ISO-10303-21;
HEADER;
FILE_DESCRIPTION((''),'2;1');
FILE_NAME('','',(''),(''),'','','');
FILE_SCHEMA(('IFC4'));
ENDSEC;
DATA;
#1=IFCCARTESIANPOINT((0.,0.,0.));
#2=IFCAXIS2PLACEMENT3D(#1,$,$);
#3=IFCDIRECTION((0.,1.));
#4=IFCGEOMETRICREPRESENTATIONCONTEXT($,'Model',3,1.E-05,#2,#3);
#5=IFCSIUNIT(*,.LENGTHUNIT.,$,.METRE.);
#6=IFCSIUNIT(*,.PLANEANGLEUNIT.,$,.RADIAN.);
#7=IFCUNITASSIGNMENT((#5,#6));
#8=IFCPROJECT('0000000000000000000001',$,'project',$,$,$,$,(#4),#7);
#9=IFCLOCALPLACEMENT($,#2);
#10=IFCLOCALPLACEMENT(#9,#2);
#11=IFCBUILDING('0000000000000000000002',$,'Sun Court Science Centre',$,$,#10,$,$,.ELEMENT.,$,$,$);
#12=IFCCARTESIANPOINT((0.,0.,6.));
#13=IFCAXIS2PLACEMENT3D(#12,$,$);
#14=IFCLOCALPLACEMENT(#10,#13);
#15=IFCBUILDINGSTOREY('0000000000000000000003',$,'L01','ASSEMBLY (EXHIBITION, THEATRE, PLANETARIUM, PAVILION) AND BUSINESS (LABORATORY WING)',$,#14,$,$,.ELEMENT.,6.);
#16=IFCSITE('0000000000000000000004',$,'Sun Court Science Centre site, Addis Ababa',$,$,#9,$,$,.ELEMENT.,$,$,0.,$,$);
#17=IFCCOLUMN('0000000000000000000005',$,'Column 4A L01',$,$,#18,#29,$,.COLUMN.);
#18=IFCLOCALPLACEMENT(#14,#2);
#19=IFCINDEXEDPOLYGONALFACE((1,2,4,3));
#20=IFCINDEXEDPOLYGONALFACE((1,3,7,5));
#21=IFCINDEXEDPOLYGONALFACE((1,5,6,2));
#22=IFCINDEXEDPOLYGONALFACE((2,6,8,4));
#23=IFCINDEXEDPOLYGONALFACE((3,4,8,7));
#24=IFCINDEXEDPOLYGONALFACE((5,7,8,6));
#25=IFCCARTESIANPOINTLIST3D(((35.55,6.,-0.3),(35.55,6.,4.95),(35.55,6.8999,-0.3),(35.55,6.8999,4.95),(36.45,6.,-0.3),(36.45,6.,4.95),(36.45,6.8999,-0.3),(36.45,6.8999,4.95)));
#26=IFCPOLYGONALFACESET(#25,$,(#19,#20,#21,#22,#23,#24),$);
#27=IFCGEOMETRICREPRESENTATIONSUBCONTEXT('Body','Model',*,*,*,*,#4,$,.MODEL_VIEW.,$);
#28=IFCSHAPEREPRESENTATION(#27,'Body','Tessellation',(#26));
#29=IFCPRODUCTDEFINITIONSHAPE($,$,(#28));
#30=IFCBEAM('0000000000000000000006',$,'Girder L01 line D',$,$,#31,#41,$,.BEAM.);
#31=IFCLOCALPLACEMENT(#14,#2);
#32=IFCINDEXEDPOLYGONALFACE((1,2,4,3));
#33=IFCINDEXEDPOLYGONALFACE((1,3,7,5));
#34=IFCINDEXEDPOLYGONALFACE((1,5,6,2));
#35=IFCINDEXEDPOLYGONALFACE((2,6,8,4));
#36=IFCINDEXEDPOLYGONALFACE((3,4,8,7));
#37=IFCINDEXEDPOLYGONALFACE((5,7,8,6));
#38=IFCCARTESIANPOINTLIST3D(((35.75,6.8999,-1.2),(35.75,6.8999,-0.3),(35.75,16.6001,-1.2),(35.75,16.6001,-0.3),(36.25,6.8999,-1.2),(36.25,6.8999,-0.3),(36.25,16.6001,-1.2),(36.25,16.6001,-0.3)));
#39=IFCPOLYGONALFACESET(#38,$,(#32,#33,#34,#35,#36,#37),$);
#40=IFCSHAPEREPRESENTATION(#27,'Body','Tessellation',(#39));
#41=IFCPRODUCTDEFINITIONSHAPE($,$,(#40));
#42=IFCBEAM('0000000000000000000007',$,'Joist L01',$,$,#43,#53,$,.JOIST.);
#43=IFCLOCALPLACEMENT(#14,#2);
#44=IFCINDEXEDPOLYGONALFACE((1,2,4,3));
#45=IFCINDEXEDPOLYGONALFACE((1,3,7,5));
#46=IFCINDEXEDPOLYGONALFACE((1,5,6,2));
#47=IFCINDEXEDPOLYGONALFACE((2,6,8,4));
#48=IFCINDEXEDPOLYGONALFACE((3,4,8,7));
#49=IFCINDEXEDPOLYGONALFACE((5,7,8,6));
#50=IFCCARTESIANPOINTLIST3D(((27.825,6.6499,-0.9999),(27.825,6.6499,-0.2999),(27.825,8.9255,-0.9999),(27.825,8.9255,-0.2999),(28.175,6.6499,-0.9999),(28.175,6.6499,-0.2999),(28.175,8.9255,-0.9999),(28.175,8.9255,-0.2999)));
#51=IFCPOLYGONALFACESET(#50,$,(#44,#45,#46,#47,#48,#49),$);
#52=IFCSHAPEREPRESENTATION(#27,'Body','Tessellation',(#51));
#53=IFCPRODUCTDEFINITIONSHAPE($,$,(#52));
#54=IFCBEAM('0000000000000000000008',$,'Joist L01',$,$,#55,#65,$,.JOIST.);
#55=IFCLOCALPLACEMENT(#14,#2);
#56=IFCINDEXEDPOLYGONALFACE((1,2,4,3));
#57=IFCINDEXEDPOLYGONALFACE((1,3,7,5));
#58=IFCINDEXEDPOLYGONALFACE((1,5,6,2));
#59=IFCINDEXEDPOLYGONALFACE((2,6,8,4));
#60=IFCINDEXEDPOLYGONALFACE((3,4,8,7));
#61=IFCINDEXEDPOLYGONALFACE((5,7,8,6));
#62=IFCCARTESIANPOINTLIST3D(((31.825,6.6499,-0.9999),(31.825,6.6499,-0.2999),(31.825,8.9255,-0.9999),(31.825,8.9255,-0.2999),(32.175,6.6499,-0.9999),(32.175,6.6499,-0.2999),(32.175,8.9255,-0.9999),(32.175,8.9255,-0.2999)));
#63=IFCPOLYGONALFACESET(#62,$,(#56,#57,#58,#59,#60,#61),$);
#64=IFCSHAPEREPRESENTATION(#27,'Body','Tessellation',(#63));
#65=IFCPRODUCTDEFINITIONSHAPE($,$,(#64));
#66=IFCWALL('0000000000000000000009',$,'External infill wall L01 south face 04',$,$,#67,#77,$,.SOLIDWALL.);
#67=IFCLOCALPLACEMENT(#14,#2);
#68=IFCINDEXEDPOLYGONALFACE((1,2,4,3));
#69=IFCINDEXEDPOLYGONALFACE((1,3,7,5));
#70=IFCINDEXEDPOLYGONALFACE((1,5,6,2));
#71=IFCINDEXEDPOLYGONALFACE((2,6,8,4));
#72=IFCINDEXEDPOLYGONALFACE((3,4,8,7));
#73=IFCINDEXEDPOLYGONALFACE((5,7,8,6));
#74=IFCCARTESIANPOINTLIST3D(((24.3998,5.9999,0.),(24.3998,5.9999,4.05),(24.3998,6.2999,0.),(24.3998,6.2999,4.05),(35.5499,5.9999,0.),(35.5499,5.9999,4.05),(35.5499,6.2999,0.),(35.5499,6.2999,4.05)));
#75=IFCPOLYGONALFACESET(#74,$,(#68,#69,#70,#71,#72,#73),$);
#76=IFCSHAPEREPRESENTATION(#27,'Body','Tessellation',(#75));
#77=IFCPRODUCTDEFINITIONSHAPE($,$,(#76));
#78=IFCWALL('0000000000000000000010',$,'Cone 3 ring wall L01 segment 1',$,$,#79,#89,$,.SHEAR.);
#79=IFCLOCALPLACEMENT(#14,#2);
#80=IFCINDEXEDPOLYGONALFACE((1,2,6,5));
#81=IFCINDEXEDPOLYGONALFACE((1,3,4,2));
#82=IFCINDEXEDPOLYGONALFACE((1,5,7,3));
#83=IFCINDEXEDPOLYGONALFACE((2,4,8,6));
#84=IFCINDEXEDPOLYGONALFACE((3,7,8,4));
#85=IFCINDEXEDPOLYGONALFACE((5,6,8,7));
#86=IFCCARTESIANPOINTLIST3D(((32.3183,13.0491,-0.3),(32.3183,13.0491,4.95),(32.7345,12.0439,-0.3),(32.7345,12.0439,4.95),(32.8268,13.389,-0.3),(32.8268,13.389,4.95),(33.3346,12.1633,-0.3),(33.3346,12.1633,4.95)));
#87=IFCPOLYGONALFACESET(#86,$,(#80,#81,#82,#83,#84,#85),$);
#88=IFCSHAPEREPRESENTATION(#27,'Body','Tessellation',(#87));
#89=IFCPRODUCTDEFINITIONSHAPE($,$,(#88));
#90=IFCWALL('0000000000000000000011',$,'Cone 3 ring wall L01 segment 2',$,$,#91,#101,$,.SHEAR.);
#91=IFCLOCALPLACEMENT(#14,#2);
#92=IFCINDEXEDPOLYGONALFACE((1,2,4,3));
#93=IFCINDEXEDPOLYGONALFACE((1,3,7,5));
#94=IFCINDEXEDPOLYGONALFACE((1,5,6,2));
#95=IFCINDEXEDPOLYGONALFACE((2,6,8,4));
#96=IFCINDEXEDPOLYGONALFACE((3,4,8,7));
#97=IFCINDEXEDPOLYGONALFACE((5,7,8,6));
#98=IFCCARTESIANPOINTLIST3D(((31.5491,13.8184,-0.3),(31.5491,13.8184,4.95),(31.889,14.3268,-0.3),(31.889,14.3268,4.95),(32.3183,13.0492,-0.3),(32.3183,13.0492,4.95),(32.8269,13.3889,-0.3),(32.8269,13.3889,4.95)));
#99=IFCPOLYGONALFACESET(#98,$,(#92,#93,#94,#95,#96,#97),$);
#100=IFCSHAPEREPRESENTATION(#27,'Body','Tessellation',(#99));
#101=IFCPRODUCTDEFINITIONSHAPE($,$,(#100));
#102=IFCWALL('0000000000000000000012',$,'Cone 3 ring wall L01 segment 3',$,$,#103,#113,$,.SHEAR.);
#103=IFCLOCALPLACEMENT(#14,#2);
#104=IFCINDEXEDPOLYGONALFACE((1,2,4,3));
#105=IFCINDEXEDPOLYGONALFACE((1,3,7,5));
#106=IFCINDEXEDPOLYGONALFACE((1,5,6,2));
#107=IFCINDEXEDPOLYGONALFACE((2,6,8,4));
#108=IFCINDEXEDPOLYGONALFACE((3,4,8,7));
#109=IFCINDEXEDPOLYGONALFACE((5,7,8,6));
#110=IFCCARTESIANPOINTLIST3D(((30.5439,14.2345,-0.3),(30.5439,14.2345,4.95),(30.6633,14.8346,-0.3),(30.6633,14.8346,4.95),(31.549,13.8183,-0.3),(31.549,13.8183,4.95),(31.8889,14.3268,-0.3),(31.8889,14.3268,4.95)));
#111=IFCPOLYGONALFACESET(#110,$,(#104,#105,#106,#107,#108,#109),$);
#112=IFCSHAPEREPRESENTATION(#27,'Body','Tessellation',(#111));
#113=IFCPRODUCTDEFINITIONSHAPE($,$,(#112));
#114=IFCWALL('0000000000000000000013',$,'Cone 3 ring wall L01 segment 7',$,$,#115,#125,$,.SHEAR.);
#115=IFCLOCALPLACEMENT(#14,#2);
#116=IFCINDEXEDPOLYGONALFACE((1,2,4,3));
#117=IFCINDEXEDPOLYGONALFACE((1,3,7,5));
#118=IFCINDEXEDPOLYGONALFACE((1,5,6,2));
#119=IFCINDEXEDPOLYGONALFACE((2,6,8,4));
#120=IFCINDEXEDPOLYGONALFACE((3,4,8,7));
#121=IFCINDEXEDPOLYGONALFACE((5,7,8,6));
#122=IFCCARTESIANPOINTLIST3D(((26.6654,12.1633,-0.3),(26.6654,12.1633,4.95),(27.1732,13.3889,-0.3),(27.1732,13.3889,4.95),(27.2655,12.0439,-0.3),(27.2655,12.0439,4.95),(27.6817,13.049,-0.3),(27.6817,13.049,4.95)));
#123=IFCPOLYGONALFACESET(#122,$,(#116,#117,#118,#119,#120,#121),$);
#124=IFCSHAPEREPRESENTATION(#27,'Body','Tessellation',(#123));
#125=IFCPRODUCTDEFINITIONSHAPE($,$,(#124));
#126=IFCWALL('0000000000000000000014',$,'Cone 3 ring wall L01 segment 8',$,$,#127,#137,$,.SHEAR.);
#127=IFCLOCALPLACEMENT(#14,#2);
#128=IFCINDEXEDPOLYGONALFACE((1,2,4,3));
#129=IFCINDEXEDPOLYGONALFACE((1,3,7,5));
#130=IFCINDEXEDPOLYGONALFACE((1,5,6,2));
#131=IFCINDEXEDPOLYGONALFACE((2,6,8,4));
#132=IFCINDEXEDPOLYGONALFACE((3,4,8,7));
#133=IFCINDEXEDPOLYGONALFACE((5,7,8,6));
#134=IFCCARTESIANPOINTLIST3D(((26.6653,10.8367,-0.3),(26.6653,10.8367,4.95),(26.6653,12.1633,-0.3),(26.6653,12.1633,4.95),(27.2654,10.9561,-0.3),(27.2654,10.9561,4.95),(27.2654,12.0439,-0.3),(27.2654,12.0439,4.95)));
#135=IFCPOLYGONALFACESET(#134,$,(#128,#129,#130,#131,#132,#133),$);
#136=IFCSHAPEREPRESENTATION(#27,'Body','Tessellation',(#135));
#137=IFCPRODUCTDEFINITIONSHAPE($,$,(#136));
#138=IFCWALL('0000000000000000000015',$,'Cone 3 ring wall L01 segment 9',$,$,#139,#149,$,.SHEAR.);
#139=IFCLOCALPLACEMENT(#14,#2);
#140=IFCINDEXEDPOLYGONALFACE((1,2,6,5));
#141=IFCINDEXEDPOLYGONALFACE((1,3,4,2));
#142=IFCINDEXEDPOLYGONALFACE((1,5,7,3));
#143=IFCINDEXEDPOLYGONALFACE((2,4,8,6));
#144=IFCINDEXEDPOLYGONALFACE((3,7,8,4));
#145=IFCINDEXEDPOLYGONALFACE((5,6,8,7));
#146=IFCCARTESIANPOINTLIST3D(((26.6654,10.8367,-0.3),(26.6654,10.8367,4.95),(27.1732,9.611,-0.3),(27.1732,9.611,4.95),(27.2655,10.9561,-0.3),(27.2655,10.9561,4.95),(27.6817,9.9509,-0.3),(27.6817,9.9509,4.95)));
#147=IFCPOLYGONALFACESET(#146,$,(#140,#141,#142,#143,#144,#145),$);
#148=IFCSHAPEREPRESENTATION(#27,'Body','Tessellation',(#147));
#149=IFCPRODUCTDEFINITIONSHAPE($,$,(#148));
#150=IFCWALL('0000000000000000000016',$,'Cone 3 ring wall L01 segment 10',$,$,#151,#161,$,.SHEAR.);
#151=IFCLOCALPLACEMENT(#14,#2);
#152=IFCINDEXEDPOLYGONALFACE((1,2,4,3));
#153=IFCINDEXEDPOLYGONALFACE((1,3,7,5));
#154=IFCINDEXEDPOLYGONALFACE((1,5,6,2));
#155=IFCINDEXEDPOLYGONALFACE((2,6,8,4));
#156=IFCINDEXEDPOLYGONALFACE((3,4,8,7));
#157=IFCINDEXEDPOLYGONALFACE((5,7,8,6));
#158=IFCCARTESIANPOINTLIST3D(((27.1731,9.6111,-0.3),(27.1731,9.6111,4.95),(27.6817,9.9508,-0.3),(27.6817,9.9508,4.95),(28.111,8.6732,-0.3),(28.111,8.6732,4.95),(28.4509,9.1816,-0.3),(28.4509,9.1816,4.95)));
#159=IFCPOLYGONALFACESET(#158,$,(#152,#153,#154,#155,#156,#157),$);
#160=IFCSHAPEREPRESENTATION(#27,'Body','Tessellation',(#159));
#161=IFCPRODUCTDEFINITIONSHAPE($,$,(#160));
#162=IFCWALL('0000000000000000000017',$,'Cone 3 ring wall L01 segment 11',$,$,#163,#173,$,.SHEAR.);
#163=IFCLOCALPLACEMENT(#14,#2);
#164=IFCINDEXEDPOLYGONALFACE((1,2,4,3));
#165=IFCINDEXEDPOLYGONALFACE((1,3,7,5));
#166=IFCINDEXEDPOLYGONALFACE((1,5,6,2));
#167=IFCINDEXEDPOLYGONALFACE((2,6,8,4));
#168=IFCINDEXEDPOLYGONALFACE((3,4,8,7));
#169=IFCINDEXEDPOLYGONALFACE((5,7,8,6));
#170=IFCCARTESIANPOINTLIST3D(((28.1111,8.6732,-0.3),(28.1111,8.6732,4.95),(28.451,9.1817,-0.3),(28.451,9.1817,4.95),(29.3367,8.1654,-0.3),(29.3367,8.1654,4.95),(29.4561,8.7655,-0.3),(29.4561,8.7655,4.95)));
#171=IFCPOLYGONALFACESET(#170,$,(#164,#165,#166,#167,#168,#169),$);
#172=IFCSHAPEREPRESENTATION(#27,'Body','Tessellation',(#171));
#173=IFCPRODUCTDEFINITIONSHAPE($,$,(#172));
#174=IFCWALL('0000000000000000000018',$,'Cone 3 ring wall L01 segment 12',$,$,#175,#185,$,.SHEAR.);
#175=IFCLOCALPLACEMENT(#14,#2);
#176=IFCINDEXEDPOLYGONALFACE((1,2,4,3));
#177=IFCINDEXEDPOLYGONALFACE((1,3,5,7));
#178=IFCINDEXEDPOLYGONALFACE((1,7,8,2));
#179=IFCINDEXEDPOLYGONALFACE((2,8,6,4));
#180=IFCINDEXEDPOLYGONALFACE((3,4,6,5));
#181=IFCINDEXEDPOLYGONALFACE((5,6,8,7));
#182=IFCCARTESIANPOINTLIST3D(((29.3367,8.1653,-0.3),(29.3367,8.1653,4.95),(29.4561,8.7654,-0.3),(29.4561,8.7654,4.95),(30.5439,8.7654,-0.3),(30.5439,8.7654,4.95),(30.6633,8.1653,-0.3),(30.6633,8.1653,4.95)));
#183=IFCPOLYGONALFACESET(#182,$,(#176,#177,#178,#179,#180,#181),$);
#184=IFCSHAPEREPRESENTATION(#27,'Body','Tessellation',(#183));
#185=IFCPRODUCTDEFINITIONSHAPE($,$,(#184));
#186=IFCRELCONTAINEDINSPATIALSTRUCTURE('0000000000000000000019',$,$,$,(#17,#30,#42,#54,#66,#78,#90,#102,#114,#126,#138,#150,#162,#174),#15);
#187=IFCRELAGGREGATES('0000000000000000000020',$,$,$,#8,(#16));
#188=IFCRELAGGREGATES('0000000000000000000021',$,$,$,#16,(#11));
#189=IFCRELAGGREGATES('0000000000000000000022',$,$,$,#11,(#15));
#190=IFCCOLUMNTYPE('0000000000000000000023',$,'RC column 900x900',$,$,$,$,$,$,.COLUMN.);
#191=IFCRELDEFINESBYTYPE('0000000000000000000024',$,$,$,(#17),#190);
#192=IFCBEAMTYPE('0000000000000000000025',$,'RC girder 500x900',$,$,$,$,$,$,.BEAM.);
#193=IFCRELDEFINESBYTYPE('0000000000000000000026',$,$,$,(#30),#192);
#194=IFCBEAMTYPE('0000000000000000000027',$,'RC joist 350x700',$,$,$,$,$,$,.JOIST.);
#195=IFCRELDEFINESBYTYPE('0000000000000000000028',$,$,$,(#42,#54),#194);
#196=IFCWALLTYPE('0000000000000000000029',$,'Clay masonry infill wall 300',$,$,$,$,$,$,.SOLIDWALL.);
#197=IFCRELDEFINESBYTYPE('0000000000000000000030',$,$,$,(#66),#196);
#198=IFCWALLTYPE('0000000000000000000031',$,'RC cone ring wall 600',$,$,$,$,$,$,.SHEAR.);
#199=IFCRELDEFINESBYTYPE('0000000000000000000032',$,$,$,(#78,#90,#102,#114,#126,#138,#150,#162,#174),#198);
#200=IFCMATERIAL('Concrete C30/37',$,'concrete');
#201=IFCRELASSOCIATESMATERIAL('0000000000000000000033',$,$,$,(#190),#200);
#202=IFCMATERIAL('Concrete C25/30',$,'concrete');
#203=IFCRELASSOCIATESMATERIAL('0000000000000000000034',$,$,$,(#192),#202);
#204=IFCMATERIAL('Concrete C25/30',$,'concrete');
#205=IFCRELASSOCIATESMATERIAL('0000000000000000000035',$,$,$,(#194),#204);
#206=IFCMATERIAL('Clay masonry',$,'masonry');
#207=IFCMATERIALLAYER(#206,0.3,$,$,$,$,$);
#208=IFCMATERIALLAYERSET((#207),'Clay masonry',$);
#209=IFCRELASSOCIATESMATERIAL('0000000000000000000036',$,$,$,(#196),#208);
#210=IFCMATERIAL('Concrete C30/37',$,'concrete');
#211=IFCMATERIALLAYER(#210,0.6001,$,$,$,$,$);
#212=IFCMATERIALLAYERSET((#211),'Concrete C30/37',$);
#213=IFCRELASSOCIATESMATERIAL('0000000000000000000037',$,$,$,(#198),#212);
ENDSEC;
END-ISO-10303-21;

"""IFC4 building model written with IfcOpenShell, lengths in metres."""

from ifc_helpers import new_model, si_unit, direction, frame, frame_2d, origin, origin_2d, place, context, subcontext, project, spatial, polyline, rectangle, outline, extrude, material, layer, layer_set, material_profile, profile_set, type_object, element, save


model = new_model("IFC4")

# Units and contexts
model_context = context("Model", 3, precision=1e-05, world=origin(), true_north=direction((0.0, 1.0)))
body_context = subcontext(model_context, "Body", "Model", "MODEL_VIEW")
ifc_project = project(units=[si_unit("LENGTHUNIT", "METRE"), si_unit("PLANEANGLEUNIT", "RADIAN")], contexts=[model_context])

# Site, building, storey
site_placement = place(None, origin())
site = spatial("IfcSite", under=ifc_project, at=site_placement, Name="Sun Court Science Centre site, Addis Ababa", CompositionType="ELEMENT", RefElevation=0.0)
building_placement = place(site_placement, origin())
building = spatial("IfcBuilding", under=site, at=building_placement, Name="Sun Court Science Centre", CompositionType="ELEMENT")
storey_placement = place(building_placement, frame((0.0, 0.0, 6.0)))
storey = spatial("IfcBuildingStorey", under=building, at=storey_placement, Name="L01", Description="ASSEMBLY (EXHIBITION, THEATRE, PLANETARIUM, PAVILION) AND BUSINESS (LABORATORY WING)", CompositionType="ELEMENT", Elevation=6.0)

# Column
ifc_material_1 = material(Name="Concrete C30/37", Category="concrete")
ifc_material_profile_1 = material_profile(ifc_material_1, rectangle(XDim=0.8999, YDim=0.8999, at=origin_2d()), Name="RC 900x900")
ifc_profile_set_1 = profile_set([ifc_material_profile_1], Name="Concrete C30/37")
column_type = type_object("IfcColumnType", Name="RC column 900x900", PredefinedType="COLUMN", material=ifc_profile_set_1)
column_placement = place(storey_placement, frame((36.0, 6.45, -0.3), z_axis=(0.0, 0.0, 1.0), x_axis=(1.0, 0.0, 0.0)))
element("IfcColumn", 1, at=column_placement, inside=storey, type_object=column_type, Name="Column 4A L01", PredefinedType="COLUMN", context=body_context, shape_type="SweptSolid", body=[
    extrude(rectangle(XDim=0.8999, YDim=0.8999, at=origin_2d()), origin(), (0.0, 0.0, 1.0), 5.25),
])

# Beams
ifc_material_2 = material(Name="Concrete C25/30", Category="concrete")
ifc_material_profile_2 = material_profile(ifc_material_2, rectangle(XDim=0.5, YDim=0.8999, at=origin_2d()), Name="RC 500x900")
ifc_profile_set_2 = profile_set([ifc_material_profile_2], Name="Concrete C25/30")
beam_type_1 = type_object("IfcBeamType", Name="RC girder 500x900", PredefinedType="BEAM", material=ifc_profile_set_2)
beam_placement = place(storey_placement, frame((36.0, 6.8999, -0.75), z_axis=(0.0, 1.0, 0.0), x_axis=(-1.0, 0.0, 0.0)))
element("IfcBeam", 2, at=beam_placement, inside=storey, type_object=beam_type_1, Name="Girder L01 line D", PredefinedType="BEAM", context=body_context, shape_type="SweptSolid", body=[
    extrude(rectangle(XDim=0.5, YDim=0.8999, at=origin_2d()), origin(), (0.0, 0.0, 1.0), 9.7002),
])
ifc_material_3 = material(Name="Concrete C25/30", Category="concrete")
ifc_material_profile_3 = material_profile(ifc_material_3, rectangle(XDim=0.3501, YDim=0.7, at=origin_2d()), Name="RC 350x700")
ifc_profile_set_3 = profile_set([ifc_material_profile_3], Name="Concrete C25/30")
beam_type_2 = type_object("IfcBeamType", Name="RC joist 350x700", PredefinedType="JOIST", material=ifc_profile_set_3)
for number, where, z_axis, x_axis, name in (
    (3, (28.0, 6.6499, -0.6499), (0.0, 1.0, 0.0), (-1.0, 0.0, 0.0), "Joist L01"),
    (4, (32.0, 6.6499, -0.6499), (0.0, 1.0, 0.0), (-1.0, 0.0, 0.0), "Joist L01"),
):
    element("IfcBeam", number, at=place(storey_placement, frame(where, z_axis=z_axis, x_axis=x_axis)), inside=storey, type_object=beam_type_2, Name=name, PredefinedType="JOIST", context=body_context, shape_type="SweptSolid", body=[
        extrude(rectangle(XDim=0.3501, YDim=0.7, at=origin_2d()), origin(), (0.0, 0.0, 1.0), 2.2756),
    ])

# Walls
ifc_material_4 = material(Name="Clay masonry", Category="masonry")
ifc_layer_1 = layer(ifc_material_4, 0.3)
ifc_layer_set_1 = layer_set([ifc_layer_1], Name="Clay masonry")
wall_type_1 = type_object("IfcWallType", Name="Clay masonry infill wall 300", PredefinedType="SOLIDWALL", material=ifc_layer_set_1)
wall_1_placement = place(storey_placement, frame((35.55, 6.1499, 0.0), z_axis=(0.0, 0.0, 1.0), x_axis=(-1.0, 0.0, 0.0)))
element("IfcWall", 5, at=wall_1_placement, inside=storey, type_object=wall_type_1, Name="External infill wall L01 south face 04", PredefinedType="SOLIDWALL", context=body_context, shape_type="SweptSolid", body=[
    extrude(rectangle(XDim=11.1501, YDim=0.3, at=frame_2d((5.5752, 0.0))), origin(), (0.0, 0.0, 1.0), 4.05),
])
ifc_material_5 = material(Name="Concrete C30/37", Category="concrete")
ifc_layer_2 = layer(ifc_material_5, 0.6001)
ifc_layer_set_2 = layer_set([ifc_layer_2], Name="Concrete C30/37")
wall_type_2 = type_object("IfcWallType", Name="RC cone ring wall 600", PredefinedType="SHEAR", material=ifc_layer_set_2)
wall_2_placement = place(storey_placement, frame((33.0576, 12.0486, -0.3), z_axis=(0.0, 0.0, 1.0), x_axis=(-0.382785, 0.923837, 0.0)))
element("IfcWall", 6, at=wall_2_placement, inside=storey, type_object=wall_type_2, Name="Cone 3 ring wall L01 segment 1", PredefinedType="SHEAR", context=body_context, shape_type="SweptSolid", body=[
    extrude(outline(polyline([(0.0, -0.2998), (1.3267, -0.2998), (1.2073, 0.3), (0.1194, 0.3003), (0.0, -0.2998)])), origin(), (0.0, 0.0, 1.0), 5.25),
])
wall_3_placement = place(storey_placement, frame((32.6147, 13.1768, -0.3), z_axis=(0.0, 0.0, 1.0), x_axis=(-0.707107, 0.707107, 0.0)))
element("IfcWall", 7, at=wall_3_placement, inside=storey, type_object=wall_type_2, Name="Cone 3 ring wall L01 segment 2", PredefinedType="SHEAR", context=body_context, shape_type="SweptSolid", body=[
    extrude(outline(polyline([(0.0, -0.3), (1.3264, -0.3), (1.2073, 0.2998), (0.1194, 0.2998), (0.0, -0.3)])), origin(), (0.0, 0.0, 1.0), 5.25),
])
for number, where, z_axis, x_axis, name in (
    (8, (31.7742, 14.0498, -0.3), (0.0, 0.0, 1.0), (-0.923837, 0.382785, 0.0), "Cone 3 ring wall L01 segment 3"),
    (9, (27.4502, 13.2742, -0.3), (0.0, 0.0, 1.0), (-0.382785, -0.923837, 0.0), "Cone 3 ring wall L01 segment 7"),
):
    element("IfcWall", number, at=place(storey_placement, frame(where, z_axis=z_axis, x_axis=x_axis)), inside=storey, type_object=wall_type_2, Name=name, PredefinedType="SHEAR", context=body_context, shape_type="SweptSolid", body=[
        extrude(outline(polyline([(0.0, -0.2998), (1.3267, -0.2998), (1.2073, 0.3003), (0.1194, 0.3), (0.0, -0.2998)])), origin(), (0.0, 0.0, 1.0), 5.25),
    ])
wall_4_placement = place(storey_placement, frame((26.9653, 12.1633, -0.3), z_axis=(0.0, 0.0, 1.0), x_axis=(0.0, -1.0, 0.0)))
element("IfcWall", 10, at=wall_4_placement, inside=storey, type_object=wall_type_2, Name="Cone 3 ring wall L01 segment 8", PredefinedType="SHEAR", context=body_context, shape_type="SweptSolid", body=[
    extrude(outline(polyline([(0.0, -0.3), (1.3267, -0.3), (1.2073, 0.3), (0.1194, 0.3), (0.0, -0.3)])), origin(), (0.0, 0.0, 1.0), 5.25),
])
wall_5_placement = place(storey_placement, frame((26.9424, 10.9514, -0.3), z_axis=(0.0, 0.0, 1.0), x_axis=(0.382785, -0.923837, 0.0)))
element("IfcWall", 11, at=wall_5_placement, inside=storey, type_object=wall_type_2, Name="Cone 3 ring wall L01 segment 9", PredefinedType="SHEAR", context=body_context, shape_type="SweptSolid", body=[
    extrude(outline(polyline([(0.0, -0.2998), (1.3267, -0.2998), (1.2073, 0.3), (0.1194, 0.3003), (0.0, -0.2998)])), origin(), (0.0, 0.0, 1.0), 5.25),
])
wall_6_placement = place(storey_placement, frame((27.3853, 9.8232, -0.3), z_axis=(0.0, 0.0, 1.0), x_axis=(0.707107, -0.707107, 0.0)))
element("IfcWall", 12, at=wall_6_placement, inside=storey, type_object=wall_type_2, Name="Cone 3 ring wall L01 segment 10", PredefinedType="SHEAR", context=body_context, shape_type="SweptSolid", body=[
    extrude(outline(polyline([(0.0, -0.3), (1.3264, -0.3), (1.2073, 0.2998), (0.1194, 0.2998), (0.0, -0.3)])), origin(), (0.0, 0.0, 1.0), 5.25),
])
wall_7_placement = place(storey_placement, frame((28.2258, 8.9502, -0.3), z_axis=(0.0, 0.0, 1.0), x_axis=(0.923837, -0.382785, 0.0)))
element("IfcWall", 13, at=wall_7_placement, inside=storey, type_object=wall_type_2, Name="Cone 3 ring wall L01 segment 11", PredefinedType="SHEAR", context=body_context, shape_type="SweptSolid", body=[
    extrude(outline(polyline([(0.0, -0.2998), (1.3267, -0.2998), (1.2073, 0.3003), (0.1194, 0.3), (0.0, -0.2998)])), origin(), (0.0, 0.0, 1.0), 5.25),
])
wall_8_placement = place(storey_placement, frame((29.3367, 8.4653, -0.3), z_axis=(0.0, 0.0, 1.0), x_axis=(1.0, 0.0, 0.0)))
element("IfcWall", 14, at=wall_8_placement, inside=storey, type_object=wall_type_2, Name="Cone 3 ring wall L01 segment 12", PredefinedType="SHEAR", context=body_context, shape_type="SweptSolid", body=[
    extrude(outline(polyline([(0.0, -0.3), (1.3267, -0.3), (1.2073, 0.3), (0.1194, 0.3), (0.0, -0.3)])), origin(), (0.0, 0.0, 1.0), 5.25),
])

save(model, "model.ifc")
